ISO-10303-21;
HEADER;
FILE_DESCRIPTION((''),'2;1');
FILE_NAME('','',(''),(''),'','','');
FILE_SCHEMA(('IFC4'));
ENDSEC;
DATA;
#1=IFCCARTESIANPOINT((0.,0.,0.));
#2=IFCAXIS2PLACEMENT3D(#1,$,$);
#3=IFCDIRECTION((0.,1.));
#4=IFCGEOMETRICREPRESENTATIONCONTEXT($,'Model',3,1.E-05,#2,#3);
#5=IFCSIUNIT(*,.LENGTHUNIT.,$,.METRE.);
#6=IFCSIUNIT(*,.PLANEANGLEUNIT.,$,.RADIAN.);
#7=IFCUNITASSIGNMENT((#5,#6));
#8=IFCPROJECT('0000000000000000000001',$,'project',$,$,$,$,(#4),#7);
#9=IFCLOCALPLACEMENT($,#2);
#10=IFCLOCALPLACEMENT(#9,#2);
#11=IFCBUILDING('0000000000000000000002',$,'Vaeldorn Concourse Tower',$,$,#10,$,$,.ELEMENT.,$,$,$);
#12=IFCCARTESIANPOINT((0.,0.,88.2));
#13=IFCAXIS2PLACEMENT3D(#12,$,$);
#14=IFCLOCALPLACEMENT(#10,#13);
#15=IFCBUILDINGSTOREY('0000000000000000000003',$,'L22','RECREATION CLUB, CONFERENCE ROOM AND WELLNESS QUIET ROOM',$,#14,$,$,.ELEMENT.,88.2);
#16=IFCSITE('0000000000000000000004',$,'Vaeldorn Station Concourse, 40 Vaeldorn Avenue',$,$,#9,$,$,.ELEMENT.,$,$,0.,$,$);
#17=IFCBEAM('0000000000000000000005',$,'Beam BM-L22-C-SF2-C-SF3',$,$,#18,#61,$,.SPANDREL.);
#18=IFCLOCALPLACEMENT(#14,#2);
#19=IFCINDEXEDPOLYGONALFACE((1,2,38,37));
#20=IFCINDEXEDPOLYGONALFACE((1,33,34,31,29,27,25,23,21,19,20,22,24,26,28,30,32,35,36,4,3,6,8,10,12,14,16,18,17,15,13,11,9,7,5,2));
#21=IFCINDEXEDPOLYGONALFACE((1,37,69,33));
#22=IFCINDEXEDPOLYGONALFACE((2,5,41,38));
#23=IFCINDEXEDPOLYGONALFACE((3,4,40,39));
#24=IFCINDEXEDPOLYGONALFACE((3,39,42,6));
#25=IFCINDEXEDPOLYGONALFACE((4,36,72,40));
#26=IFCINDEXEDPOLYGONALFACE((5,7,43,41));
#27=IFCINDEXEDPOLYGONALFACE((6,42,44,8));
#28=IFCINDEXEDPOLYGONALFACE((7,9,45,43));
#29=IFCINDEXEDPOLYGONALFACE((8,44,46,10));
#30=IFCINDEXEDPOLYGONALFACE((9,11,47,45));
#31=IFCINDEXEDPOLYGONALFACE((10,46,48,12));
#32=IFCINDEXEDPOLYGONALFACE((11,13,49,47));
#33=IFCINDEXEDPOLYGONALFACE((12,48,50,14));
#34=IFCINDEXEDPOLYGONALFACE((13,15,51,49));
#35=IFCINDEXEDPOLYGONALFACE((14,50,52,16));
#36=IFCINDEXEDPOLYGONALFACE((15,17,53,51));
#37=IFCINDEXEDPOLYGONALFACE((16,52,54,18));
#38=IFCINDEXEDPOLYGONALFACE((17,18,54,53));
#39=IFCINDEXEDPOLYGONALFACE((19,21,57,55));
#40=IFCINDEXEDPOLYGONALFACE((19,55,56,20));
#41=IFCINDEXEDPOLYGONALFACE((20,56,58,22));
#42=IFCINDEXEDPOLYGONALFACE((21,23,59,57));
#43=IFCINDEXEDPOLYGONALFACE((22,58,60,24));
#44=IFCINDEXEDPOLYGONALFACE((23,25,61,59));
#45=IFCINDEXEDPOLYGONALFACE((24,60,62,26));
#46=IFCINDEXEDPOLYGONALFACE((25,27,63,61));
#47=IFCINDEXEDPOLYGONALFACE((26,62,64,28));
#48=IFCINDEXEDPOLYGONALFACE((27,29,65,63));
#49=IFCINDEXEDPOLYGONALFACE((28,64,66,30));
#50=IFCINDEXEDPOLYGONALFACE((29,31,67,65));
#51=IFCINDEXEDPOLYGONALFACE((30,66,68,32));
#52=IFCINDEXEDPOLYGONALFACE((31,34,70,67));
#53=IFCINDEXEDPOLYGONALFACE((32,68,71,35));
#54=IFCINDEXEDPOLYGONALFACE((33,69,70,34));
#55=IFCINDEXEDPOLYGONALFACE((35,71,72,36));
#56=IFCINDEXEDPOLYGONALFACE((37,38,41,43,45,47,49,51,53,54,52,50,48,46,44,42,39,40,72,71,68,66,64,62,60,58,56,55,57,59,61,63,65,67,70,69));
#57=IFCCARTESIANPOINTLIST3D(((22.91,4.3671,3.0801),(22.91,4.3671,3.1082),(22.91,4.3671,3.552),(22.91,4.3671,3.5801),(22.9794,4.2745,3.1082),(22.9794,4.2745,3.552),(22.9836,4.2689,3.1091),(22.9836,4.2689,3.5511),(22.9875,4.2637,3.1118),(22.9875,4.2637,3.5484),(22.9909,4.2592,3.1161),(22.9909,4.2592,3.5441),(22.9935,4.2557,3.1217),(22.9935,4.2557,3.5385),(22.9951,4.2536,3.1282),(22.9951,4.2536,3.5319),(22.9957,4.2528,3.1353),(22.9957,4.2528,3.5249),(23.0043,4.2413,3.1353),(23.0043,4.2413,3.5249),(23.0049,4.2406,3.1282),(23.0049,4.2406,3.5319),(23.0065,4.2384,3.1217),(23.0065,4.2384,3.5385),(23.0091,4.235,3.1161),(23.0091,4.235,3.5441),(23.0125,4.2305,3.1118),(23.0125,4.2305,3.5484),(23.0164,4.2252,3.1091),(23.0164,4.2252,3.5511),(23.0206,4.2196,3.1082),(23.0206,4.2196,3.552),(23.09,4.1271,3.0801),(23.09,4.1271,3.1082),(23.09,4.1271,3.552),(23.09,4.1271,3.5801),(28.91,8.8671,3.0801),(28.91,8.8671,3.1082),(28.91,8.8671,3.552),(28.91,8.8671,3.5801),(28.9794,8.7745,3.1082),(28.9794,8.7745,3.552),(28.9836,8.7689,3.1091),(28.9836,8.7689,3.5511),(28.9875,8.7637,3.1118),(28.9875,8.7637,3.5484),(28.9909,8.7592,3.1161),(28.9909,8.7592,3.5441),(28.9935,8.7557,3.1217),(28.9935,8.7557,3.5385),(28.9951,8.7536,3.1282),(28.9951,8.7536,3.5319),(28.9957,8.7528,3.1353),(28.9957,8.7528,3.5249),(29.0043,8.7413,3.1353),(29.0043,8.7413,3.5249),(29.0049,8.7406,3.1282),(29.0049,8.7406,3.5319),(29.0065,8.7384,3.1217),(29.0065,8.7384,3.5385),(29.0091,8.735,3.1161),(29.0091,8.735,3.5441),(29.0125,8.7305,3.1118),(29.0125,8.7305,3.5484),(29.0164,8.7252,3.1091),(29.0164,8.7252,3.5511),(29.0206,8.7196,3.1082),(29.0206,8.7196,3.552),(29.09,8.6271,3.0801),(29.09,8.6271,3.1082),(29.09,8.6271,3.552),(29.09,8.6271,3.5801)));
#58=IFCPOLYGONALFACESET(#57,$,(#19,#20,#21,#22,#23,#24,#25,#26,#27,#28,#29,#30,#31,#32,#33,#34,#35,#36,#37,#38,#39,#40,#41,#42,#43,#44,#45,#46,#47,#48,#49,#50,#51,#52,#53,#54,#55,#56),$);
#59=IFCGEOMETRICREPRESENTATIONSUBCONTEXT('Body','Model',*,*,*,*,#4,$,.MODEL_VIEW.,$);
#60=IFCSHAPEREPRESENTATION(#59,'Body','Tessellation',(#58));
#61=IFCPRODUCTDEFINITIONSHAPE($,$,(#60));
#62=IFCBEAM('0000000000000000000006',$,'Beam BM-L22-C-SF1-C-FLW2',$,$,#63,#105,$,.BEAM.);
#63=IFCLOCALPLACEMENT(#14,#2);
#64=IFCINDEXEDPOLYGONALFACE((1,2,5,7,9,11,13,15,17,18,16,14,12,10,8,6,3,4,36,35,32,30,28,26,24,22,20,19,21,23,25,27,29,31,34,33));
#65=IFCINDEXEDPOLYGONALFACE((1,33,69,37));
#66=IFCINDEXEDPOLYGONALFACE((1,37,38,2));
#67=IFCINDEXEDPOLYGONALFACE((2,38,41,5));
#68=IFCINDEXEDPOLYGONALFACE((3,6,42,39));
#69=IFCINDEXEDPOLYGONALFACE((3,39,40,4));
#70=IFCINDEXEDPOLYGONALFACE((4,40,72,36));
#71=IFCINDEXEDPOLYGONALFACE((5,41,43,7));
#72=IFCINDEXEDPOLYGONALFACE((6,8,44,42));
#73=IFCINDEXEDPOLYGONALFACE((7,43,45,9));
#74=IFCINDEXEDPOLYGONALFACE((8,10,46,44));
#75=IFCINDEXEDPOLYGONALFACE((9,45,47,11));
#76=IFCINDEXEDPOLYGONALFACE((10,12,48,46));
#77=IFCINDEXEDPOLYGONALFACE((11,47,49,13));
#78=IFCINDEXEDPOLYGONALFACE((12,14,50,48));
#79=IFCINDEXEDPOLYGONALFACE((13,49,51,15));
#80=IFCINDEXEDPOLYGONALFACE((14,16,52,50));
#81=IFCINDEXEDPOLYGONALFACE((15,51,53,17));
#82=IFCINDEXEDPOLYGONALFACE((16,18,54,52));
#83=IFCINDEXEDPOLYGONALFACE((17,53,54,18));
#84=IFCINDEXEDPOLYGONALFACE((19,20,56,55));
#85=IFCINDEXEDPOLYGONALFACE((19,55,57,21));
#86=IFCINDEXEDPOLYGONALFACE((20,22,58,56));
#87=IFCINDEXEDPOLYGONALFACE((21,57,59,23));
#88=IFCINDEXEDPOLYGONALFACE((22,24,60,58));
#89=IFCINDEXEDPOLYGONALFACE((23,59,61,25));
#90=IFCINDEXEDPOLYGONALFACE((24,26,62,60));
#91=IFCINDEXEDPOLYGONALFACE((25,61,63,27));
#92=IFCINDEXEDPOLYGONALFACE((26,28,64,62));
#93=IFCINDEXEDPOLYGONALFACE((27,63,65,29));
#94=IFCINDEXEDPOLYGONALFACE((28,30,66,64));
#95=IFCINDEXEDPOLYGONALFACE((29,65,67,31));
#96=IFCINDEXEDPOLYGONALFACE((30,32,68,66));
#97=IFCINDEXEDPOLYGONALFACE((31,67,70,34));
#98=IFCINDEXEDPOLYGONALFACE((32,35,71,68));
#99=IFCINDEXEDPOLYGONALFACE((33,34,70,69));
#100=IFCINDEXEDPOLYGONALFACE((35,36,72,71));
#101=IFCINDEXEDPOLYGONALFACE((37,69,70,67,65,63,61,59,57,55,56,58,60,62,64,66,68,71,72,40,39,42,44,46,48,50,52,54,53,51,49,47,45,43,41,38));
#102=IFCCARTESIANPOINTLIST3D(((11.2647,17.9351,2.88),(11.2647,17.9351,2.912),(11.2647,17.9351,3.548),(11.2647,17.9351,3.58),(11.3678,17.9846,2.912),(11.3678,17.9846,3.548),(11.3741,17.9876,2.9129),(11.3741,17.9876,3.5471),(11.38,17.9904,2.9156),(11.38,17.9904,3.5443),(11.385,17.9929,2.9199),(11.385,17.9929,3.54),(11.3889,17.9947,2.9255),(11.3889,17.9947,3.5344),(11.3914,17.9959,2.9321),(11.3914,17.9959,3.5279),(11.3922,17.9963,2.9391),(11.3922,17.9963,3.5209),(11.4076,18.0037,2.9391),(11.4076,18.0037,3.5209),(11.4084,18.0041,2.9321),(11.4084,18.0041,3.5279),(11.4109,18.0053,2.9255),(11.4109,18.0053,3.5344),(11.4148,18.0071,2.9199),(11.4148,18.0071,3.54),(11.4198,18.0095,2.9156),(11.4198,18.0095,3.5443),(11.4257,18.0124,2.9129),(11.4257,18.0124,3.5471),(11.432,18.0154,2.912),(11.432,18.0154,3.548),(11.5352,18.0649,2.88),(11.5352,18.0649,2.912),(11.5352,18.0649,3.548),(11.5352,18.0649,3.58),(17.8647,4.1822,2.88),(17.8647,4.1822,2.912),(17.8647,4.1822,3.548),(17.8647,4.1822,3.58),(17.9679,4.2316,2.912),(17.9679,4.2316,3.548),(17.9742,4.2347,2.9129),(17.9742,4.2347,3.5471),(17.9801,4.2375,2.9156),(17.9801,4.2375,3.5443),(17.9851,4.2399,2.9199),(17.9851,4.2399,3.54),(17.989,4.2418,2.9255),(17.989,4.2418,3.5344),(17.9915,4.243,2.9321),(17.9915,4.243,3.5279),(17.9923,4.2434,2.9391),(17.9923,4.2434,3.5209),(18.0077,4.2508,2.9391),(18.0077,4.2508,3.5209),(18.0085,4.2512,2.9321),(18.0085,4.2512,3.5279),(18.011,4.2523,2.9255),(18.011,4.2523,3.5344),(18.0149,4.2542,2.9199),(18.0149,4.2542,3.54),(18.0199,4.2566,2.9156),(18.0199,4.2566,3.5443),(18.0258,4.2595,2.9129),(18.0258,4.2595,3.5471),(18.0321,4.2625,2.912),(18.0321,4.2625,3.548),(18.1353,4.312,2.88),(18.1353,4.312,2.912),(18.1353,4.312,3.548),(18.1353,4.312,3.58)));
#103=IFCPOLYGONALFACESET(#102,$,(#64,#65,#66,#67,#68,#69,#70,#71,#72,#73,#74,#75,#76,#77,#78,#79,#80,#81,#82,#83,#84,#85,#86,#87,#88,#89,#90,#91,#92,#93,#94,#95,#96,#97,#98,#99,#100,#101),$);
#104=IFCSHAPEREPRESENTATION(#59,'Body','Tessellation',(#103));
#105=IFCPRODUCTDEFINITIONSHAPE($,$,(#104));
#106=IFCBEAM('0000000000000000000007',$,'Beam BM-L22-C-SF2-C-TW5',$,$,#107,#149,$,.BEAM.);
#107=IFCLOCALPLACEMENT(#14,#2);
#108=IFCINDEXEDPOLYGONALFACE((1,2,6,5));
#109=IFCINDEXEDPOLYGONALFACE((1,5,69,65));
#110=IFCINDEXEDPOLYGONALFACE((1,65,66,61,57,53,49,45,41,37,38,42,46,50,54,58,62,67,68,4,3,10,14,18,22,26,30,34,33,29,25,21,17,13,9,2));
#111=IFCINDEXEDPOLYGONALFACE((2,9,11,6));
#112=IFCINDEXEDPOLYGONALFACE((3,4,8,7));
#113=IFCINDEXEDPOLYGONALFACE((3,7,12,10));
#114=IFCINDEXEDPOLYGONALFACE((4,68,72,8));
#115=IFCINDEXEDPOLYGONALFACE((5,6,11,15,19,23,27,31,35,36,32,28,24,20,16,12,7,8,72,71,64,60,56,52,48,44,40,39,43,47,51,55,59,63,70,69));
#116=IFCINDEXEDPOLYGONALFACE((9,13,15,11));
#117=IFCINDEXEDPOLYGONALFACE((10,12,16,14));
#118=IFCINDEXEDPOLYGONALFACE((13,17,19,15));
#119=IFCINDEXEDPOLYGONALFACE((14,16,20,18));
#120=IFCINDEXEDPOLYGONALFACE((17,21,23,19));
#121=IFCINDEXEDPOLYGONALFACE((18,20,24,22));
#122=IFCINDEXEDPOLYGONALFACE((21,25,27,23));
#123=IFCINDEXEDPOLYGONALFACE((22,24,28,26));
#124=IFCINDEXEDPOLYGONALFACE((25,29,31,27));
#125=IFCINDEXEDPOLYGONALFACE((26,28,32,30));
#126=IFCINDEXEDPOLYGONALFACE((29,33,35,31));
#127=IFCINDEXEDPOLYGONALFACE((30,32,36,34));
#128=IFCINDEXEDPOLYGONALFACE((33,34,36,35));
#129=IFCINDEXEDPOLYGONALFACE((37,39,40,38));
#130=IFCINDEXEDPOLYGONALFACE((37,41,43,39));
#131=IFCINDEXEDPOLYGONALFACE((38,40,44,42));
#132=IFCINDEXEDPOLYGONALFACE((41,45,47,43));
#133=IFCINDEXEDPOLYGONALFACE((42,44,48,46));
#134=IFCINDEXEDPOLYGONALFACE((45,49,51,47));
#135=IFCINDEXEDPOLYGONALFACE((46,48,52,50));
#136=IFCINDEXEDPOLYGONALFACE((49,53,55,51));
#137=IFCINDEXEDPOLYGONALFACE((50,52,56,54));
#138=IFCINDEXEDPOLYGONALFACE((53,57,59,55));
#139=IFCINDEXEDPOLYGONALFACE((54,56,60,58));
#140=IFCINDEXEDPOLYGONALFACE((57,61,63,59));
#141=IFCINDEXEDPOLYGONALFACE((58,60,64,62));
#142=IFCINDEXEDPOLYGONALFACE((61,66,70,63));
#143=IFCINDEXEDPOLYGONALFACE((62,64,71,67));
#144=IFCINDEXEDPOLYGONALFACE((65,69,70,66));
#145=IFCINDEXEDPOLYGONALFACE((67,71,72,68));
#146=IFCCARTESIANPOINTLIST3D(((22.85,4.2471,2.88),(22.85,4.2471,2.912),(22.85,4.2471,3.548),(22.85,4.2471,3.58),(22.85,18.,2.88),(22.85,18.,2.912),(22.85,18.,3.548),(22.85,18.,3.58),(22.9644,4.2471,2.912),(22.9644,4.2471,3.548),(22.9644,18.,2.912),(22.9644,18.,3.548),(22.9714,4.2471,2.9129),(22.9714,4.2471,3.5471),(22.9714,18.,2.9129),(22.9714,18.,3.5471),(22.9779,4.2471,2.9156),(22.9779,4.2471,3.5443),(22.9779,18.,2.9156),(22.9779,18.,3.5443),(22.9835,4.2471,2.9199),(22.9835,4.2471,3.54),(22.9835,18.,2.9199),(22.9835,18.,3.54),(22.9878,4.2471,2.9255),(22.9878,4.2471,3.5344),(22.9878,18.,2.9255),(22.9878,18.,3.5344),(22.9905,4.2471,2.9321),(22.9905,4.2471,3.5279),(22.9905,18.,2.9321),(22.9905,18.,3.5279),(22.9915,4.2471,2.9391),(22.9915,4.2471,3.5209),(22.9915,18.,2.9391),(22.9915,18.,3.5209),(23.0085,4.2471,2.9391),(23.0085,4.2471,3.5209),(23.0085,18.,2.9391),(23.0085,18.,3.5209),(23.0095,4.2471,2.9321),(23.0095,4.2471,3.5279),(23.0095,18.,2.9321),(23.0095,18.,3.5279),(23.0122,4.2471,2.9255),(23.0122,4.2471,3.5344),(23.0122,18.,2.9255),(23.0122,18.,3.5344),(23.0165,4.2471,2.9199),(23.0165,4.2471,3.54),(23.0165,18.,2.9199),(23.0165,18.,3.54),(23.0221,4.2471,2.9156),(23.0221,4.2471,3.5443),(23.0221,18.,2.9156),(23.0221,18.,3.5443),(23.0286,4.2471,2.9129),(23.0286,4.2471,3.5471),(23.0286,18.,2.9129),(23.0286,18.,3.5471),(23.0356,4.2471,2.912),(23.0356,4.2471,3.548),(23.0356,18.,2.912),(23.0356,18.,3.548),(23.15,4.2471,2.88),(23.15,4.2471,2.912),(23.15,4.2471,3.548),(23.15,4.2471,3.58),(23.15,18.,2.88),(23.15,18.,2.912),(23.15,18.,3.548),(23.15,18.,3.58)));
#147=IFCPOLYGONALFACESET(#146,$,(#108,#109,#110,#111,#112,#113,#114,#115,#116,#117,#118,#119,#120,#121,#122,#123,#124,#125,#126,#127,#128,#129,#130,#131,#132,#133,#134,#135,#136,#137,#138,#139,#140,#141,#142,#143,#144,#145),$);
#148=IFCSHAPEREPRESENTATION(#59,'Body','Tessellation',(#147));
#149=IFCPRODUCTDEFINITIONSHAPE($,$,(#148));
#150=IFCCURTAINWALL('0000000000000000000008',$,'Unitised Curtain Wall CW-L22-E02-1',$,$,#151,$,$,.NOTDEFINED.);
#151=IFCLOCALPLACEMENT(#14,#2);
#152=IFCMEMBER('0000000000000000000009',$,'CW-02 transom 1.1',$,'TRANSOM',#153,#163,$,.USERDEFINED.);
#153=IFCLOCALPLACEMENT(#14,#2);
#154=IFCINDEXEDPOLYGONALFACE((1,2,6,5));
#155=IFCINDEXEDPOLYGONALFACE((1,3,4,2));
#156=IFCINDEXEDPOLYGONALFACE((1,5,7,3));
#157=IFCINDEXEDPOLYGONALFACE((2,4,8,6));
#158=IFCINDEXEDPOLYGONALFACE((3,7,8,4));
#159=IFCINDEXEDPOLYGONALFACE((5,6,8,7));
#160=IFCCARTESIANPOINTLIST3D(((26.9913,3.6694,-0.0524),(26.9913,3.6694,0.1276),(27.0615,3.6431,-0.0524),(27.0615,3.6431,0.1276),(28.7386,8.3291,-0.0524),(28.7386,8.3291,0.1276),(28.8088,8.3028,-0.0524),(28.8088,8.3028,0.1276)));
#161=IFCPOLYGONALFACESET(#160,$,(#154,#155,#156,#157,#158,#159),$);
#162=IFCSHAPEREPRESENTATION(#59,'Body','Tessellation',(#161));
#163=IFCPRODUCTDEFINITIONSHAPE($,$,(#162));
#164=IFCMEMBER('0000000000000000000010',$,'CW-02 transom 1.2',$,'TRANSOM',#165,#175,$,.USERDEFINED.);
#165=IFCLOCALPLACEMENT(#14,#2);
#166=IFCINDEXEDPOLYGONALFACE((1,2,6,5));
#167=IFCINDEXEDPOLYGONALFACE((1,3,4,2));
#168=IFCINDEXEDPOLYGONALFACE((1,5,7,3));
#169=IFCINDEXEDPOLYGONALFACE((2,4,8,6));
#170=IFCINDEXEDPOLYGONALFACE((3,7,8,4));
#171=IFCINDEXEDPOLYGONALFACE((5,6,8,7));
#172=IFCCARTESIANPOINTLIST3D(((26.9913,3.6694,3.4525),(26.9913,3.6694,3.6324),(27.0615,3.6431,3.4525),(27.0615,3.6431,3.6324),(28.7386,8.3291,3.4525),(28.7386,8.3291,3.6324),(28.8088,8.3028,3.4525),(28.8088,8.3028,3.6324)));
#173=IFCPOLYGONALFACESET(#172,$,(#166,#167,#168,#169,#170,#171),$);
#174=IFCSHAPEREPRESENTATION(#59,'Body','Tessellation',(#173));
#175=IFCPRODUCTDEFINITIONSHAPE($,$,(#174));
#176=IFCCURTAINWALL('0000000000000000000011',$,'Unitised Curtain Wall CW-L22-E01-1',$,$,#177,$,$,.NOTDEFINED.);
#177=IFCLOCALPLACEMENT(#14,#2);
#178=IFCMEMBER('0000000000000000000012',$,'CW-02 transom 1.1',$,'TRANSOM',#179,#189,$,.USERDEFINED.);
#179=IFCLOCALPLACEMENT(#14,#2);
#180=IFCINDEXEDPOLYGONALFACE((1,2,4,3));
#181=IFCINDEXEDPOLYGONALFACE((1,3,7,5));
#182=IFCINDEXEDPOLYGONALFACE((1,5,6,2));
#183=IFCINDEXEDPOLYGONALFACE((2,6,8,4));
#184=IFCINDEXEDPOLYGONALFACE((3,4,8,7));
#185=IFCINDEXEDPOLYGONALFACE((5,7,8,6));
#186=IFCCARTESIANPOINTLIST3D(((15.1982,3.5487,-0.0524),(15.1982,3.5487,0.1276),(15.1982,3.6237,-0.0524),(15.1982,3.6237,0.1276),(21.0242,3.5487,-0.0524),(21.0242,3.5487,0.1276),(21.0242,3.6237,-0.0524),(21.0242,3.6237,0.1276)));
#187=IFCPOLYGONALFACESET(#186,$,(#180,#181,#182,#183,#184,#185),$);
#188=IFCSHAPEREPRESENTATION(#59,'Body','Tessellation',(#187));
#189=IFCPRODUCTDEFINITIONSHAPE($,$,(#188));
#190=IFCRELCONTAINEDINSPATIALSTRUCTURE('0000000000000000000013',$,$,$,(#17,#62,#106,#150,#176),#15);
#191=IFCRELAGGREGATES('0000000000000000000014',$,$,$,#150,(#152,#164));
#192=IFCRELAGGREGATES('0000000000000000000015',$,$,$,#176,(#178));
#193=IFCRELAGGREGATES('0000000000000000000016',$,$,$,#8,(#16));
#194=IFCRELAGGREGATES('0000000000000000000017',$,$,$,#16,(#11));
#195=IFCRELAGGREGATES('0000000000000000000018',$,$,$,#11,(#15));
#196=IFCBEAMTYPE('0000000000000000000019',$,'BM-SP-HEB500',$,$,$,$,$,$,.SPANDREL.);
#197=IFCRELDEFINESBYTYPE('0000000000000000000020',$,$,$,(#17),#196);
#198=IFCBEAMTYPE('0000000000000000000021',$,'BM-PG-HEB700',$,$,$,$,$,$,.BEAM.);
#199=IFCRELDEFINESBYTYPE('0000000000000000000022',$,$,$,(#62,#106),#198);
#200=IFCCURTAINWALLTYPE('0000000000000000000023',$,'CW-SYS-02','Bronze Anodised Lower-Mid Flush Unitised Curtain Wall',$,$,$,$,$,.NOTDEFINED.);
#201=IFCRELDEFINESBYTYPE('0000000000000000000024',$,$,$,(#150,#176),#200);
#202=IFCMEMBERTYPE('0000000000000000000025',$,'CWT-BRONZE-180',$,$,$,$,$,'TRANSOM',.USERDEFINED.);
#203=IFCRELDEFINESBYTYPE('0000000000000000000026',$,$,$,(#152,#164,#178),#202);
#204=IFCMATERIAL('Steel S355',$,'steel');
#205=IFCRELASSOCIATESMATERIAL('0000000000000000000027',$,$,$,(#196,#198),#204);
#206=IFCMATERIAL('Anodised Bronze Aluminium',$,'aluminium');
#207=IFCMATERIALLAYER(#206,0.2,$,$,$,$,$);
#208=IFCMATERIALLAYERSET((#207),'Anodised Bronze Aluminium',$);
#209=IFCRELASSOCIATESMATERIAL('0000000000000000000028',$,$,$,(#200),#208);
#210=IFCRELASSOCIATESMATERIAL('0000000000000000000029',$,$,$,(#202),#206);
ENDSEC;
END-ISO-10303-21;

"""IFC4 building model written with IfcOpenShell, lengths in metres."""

from ifc_helpers import new_model, si_unit, direction, frame, origin, origin_2d, place, context, subcontext, project, spatial, rectangle, i_section, extrude, source, transform, mapped, material, layer, layer_set, material_profile, profile_set, type_object, element, aggregate, save


model = new_model("IFC4")

# Units and contexts
model_context = context("Model", 3, precision=1e-05, world=origin(), true_north=direction((0.0, 1.0)))
body_context = subcontext(model_context, "Body", "Model", "MODEL_VIEW")
ifc_project = project(units=[si_unit("LENGTHUNIT", "METRE"), si_unit("PLANEANGLEUNIT", "RADIAN")], contexts=[model_context])

# Site, building, storey
site_placement = place(None, origin())
site = spatial("IfcSite", under=ifc_project, at=site_placement, Name="Vaeldorn Station Concourse, 40 Vaeldorn Avenue", CompositionType="ELEMENT", RefElevation=0.0)
building_placement = place(site_placement, origin())
building = spatial("IfcBuilding", under=site, at=building_placement, Name="Vaeldorn Concourse Tower", CompositionType="ELEMENT")
storey_placement = place(building_placement, frame((0.0, 0.0, 88.2)))
storey = spatial("IfcBuildingStorey", under=building, at=storey_placement, Name="L22", Description="RECREATION CLUB, CONFERENCE ROOM AND WELLNESS QUIET ROOM", CompositionType="ELEMENT", Elevation=88.2)

# Beams
ifc_material_1 = material(Name="Steel S355", Category="steel")
ifc_material_profile_1 = material_profile(ifc_material_1, i_section(OverallWidth=0.3, OverallDepth=0.5, WebThickness=0.0144, FlangeThickness=0.0281, FilletRadius=0.0271, at=origin_2d()), Name="HEB 500")
ifc_profile_set_1 = profile_set([ifc_material_profile_1], Name="Steel S355")
beam_type_1 = type_object("IfcBeamType", Name="BM-SP-HEB500", PredefinedType="SPANDREL", material=ifc_profile_set_1)
shared_shape_1 = source(origin(), body_context, "Body", "SweptSolid", [
    extrude(i_section(OverallWidth=0.3, OverallDepth=0.5, WebThickness=0.0144, FlangeThickness=0.0281, FilletRadius=0.0271, at=origin_2d()), origin(), (0.0, 0.0, 1.0), 7.5),
])
beam_1_placement = place(storey_placement, frame((23.0, 4.2471, 3.3301), z_axis=(0.8, 0.6, 0.0), x_axis=(-0.6, 0.8, 0.0)))
element("IfcBeam", 1, at=beam_1_placement, inside=storey, type_object=beam_type_1, Name="Beam BM-L22-C-SF2-C-SF3", PredefinedType="SPANDREL", context=body_context, shape_type="MappedRepresentation", body=[
    mapped(shared_shape_1, transform((0.0, 0.0, 0.0), scale=1.0)),
])
ifc_material_profile_2 = material_profile(ifc_material_1, i_section(OverallWidth=0.3, OverallDepth=0.7, WebThickness=0.0171, FlangeThickness=0.032, FilletRadius=0.0271, at=origin_2d()), Name="HEB 700")
ifc_profile_set_2 = profile_set([ifc_material_profile_2], Name="Steel S355")
beam_type_2 = type_object("IfcBeamType", Name="BM-PG-HEB700", PredefinedType="BEAM", material=ifc_profile_set_2)
shared_shape_2 = source(origin(), body_context, "Body", "SweptSolid", [
    extrude(i_section(OverallWidth=0.3, OverallDepth=0.7, WebThickness=0.0171, FlangeThickness=0.032, FilletRadius=0.0271, at=origin_2d()), origin(), (0.0, 0.0, 1.0), 15.2546),
])
beam_2_placement = place(storey_placement, frame((18.0, 4.2471, 3.23), z_axis=(-0.432661, 0.901557, 0.0), x_axis=(-0.901557, -0.432661, 0.0)))
element("IfcBeam", 2, at=beam_2_placement, inside=storey, type_object=beam_type_2, Name="Beam BM-L22-C-SF1-C-FLW2", PredefinedType="BEAM", context=body_context, shape_type="MappedRepresentation", body=[
    mapped(shared_shape_2, transform((0.0, 0.0, 0.0), scale=1.0)),
])
shared_shape_3 = source(origin(), body_context, "Body", "SweptSolid", [
    extrude(i_section(OverallWidth=0.3, OverallDepth=0.7, WebThickness=0.0171, FlangeThickness=0.032, FilletRadius=0.0271, at=origin_2d()), origin(), (0.0, 0.0, 1.0), 13.7529),
])
beam_3_placement = place(storey_placement, frame((23.0, 4.2471, 3.23), z_axis=(0.0, 1.0, 0.0), x_axis=(-1.0, 0.0, 0.0)))
element("IfcBeam", 3, at=beam_3_placement, inside=storey, type_object=beam_type_2, Name="Beam BM-L22-C-SF2-C-TW5", PredefinedType="BEAM", context=body_context, shape_type="MappedRepresentation", body=[
    mapped(shared_shape_3, transform((0.0, 0.0, 0.0), scale=1.0)),
])

# Curtain walls, members
ifc_material_2 = material(Name="Anodised Bronze Aluminium", Category="aluminium")
ifc_layer_1 = layer(ifc_material_2, 0.2)
ifc_layer_set_1 = layer_set([ifc_layer_1], Name="Anodised Bronze Aluminium")
curtain_wall_type = type_object("IfcCurtainWallType", Name="CW-SYS-02", Description="Bronze Anodised Lower-Mid Flush Unitised Curtain Wall", PredefinedType="NOTDEFINED", material=ifc_layer_set_1)
curtain_wall_1_placement = place(storey_placement, origin())
curtain_wall_1 = element("IfcCurtainWall", 4, at=curtain_wall_1_placement, inside=storey, type_object=curtain_wall_type, Name="Unitised Curtain Wall CW-L22-E02-1", PredefinedType="NOTDEFINED")
ifc_material_profile_3 = material_profile(ifc_material_2, rectangle(XDim=0.075, YDim=0.1799, at=origin_2d()), Name="CWT 75x180")
ifc_profile_set_3 = profile_set([ifc_material_profile_3], Name="Anodised Bronze Aluminium")
member_type_1 = type_object("IfcMemberType", Name="CWT-BRONZE-180", ElementType="TRANSOM", PredefinedType="USERDEFINED", material=ifc_profile_set_3)
shared_shape_4 = source(origin(), body_context, "Body", "SweptSolid", [
    extrude(rectangle(XDim=0.075, YDim=0.1799, at=origin_2d()), origin(), (0.0, 0.0, 1.0), 4.9766),
])
member_1_placement = place(storey_placement, frame((27.0264, 3.6562, 0.0376), z_axis=(0.351113, 0.936333, 0.0), x_axis=(-0.936333, 0.351113, 0.0)))
member_1 = element("IfcMember", 5, at=member_1_placement, type_object=member_type_1, Name="CW-02 transom 1.1", ObjectType="TRANSOM", PredefinedType="USERDEFINED", context=body_context, shape_type="MappedRepresentation", body=[
    mapped(shared_shape_4, transform((0.0, 0.0, 0.0), scale=1.0)),
])
member_2_placement = place(storey_placement, frame((27.0264, 3.6562, 3.5425), z_axis=(0.351113, 0.936333, 0.0), x_axis=(-0.936333, 0.351113, 0.0)))
member_2 = element("IfcMember", 6, at=member_2_placement, type_object=member_type_1, Name="CW-02 transom 1.2", ObjectType="TRANSOM", PredefinedType="USERDEFINED", context=body_context, shape_type="MappedRepresentation", body=[
    mapped(shared_shape_4, transform((0.0, 0.0, 0.0), scale=1.0)),
])
curtain_wall_2_placement = place(storey_placement, origin())
curtain_wall_2 = element("IfcCurtainWall", 7, at=curtain_wall_2_placement, inside=storey, type_object=curtain_wall_type, Name="Unitised Curtain Wall CW-L22-E01-1", PredefinedType="NOTDEFINED")
shared_shape_5 = source(origin(), body_context, "Body", "SweptSolid", [
    extrude(rectangle(XDim=0.075, YDim=0.1799, at=origin_2d()), origin(), (0.0, 0.0, 1.0), 5.8259),
])
member_3_placement = place(storey_placement, frame((15.1982, 3.5862, 0.0376), z_axis=(1.0, 0.0, 0.0), x_axis=(0.0, 1.0, 0.0)))
member_3 = element("IfcMember", 8, at=member_3_placement, type_object=member_type_1, Name="CW-02 transom 1.1", ObjectType="TRANSOM", PredefinedType="USERDEFINED", context=body_context, shape_type="MappedRepresentation", body=[
    mapped(shared_shape_5, transform((0.0, 0.0, 0.0), scale=1.0)),
])

aggregate(curtain_wall_1, [member_1, member_2])

aggregate(curtain_wall_2, [member_3])

save(model, "model.ifc")
